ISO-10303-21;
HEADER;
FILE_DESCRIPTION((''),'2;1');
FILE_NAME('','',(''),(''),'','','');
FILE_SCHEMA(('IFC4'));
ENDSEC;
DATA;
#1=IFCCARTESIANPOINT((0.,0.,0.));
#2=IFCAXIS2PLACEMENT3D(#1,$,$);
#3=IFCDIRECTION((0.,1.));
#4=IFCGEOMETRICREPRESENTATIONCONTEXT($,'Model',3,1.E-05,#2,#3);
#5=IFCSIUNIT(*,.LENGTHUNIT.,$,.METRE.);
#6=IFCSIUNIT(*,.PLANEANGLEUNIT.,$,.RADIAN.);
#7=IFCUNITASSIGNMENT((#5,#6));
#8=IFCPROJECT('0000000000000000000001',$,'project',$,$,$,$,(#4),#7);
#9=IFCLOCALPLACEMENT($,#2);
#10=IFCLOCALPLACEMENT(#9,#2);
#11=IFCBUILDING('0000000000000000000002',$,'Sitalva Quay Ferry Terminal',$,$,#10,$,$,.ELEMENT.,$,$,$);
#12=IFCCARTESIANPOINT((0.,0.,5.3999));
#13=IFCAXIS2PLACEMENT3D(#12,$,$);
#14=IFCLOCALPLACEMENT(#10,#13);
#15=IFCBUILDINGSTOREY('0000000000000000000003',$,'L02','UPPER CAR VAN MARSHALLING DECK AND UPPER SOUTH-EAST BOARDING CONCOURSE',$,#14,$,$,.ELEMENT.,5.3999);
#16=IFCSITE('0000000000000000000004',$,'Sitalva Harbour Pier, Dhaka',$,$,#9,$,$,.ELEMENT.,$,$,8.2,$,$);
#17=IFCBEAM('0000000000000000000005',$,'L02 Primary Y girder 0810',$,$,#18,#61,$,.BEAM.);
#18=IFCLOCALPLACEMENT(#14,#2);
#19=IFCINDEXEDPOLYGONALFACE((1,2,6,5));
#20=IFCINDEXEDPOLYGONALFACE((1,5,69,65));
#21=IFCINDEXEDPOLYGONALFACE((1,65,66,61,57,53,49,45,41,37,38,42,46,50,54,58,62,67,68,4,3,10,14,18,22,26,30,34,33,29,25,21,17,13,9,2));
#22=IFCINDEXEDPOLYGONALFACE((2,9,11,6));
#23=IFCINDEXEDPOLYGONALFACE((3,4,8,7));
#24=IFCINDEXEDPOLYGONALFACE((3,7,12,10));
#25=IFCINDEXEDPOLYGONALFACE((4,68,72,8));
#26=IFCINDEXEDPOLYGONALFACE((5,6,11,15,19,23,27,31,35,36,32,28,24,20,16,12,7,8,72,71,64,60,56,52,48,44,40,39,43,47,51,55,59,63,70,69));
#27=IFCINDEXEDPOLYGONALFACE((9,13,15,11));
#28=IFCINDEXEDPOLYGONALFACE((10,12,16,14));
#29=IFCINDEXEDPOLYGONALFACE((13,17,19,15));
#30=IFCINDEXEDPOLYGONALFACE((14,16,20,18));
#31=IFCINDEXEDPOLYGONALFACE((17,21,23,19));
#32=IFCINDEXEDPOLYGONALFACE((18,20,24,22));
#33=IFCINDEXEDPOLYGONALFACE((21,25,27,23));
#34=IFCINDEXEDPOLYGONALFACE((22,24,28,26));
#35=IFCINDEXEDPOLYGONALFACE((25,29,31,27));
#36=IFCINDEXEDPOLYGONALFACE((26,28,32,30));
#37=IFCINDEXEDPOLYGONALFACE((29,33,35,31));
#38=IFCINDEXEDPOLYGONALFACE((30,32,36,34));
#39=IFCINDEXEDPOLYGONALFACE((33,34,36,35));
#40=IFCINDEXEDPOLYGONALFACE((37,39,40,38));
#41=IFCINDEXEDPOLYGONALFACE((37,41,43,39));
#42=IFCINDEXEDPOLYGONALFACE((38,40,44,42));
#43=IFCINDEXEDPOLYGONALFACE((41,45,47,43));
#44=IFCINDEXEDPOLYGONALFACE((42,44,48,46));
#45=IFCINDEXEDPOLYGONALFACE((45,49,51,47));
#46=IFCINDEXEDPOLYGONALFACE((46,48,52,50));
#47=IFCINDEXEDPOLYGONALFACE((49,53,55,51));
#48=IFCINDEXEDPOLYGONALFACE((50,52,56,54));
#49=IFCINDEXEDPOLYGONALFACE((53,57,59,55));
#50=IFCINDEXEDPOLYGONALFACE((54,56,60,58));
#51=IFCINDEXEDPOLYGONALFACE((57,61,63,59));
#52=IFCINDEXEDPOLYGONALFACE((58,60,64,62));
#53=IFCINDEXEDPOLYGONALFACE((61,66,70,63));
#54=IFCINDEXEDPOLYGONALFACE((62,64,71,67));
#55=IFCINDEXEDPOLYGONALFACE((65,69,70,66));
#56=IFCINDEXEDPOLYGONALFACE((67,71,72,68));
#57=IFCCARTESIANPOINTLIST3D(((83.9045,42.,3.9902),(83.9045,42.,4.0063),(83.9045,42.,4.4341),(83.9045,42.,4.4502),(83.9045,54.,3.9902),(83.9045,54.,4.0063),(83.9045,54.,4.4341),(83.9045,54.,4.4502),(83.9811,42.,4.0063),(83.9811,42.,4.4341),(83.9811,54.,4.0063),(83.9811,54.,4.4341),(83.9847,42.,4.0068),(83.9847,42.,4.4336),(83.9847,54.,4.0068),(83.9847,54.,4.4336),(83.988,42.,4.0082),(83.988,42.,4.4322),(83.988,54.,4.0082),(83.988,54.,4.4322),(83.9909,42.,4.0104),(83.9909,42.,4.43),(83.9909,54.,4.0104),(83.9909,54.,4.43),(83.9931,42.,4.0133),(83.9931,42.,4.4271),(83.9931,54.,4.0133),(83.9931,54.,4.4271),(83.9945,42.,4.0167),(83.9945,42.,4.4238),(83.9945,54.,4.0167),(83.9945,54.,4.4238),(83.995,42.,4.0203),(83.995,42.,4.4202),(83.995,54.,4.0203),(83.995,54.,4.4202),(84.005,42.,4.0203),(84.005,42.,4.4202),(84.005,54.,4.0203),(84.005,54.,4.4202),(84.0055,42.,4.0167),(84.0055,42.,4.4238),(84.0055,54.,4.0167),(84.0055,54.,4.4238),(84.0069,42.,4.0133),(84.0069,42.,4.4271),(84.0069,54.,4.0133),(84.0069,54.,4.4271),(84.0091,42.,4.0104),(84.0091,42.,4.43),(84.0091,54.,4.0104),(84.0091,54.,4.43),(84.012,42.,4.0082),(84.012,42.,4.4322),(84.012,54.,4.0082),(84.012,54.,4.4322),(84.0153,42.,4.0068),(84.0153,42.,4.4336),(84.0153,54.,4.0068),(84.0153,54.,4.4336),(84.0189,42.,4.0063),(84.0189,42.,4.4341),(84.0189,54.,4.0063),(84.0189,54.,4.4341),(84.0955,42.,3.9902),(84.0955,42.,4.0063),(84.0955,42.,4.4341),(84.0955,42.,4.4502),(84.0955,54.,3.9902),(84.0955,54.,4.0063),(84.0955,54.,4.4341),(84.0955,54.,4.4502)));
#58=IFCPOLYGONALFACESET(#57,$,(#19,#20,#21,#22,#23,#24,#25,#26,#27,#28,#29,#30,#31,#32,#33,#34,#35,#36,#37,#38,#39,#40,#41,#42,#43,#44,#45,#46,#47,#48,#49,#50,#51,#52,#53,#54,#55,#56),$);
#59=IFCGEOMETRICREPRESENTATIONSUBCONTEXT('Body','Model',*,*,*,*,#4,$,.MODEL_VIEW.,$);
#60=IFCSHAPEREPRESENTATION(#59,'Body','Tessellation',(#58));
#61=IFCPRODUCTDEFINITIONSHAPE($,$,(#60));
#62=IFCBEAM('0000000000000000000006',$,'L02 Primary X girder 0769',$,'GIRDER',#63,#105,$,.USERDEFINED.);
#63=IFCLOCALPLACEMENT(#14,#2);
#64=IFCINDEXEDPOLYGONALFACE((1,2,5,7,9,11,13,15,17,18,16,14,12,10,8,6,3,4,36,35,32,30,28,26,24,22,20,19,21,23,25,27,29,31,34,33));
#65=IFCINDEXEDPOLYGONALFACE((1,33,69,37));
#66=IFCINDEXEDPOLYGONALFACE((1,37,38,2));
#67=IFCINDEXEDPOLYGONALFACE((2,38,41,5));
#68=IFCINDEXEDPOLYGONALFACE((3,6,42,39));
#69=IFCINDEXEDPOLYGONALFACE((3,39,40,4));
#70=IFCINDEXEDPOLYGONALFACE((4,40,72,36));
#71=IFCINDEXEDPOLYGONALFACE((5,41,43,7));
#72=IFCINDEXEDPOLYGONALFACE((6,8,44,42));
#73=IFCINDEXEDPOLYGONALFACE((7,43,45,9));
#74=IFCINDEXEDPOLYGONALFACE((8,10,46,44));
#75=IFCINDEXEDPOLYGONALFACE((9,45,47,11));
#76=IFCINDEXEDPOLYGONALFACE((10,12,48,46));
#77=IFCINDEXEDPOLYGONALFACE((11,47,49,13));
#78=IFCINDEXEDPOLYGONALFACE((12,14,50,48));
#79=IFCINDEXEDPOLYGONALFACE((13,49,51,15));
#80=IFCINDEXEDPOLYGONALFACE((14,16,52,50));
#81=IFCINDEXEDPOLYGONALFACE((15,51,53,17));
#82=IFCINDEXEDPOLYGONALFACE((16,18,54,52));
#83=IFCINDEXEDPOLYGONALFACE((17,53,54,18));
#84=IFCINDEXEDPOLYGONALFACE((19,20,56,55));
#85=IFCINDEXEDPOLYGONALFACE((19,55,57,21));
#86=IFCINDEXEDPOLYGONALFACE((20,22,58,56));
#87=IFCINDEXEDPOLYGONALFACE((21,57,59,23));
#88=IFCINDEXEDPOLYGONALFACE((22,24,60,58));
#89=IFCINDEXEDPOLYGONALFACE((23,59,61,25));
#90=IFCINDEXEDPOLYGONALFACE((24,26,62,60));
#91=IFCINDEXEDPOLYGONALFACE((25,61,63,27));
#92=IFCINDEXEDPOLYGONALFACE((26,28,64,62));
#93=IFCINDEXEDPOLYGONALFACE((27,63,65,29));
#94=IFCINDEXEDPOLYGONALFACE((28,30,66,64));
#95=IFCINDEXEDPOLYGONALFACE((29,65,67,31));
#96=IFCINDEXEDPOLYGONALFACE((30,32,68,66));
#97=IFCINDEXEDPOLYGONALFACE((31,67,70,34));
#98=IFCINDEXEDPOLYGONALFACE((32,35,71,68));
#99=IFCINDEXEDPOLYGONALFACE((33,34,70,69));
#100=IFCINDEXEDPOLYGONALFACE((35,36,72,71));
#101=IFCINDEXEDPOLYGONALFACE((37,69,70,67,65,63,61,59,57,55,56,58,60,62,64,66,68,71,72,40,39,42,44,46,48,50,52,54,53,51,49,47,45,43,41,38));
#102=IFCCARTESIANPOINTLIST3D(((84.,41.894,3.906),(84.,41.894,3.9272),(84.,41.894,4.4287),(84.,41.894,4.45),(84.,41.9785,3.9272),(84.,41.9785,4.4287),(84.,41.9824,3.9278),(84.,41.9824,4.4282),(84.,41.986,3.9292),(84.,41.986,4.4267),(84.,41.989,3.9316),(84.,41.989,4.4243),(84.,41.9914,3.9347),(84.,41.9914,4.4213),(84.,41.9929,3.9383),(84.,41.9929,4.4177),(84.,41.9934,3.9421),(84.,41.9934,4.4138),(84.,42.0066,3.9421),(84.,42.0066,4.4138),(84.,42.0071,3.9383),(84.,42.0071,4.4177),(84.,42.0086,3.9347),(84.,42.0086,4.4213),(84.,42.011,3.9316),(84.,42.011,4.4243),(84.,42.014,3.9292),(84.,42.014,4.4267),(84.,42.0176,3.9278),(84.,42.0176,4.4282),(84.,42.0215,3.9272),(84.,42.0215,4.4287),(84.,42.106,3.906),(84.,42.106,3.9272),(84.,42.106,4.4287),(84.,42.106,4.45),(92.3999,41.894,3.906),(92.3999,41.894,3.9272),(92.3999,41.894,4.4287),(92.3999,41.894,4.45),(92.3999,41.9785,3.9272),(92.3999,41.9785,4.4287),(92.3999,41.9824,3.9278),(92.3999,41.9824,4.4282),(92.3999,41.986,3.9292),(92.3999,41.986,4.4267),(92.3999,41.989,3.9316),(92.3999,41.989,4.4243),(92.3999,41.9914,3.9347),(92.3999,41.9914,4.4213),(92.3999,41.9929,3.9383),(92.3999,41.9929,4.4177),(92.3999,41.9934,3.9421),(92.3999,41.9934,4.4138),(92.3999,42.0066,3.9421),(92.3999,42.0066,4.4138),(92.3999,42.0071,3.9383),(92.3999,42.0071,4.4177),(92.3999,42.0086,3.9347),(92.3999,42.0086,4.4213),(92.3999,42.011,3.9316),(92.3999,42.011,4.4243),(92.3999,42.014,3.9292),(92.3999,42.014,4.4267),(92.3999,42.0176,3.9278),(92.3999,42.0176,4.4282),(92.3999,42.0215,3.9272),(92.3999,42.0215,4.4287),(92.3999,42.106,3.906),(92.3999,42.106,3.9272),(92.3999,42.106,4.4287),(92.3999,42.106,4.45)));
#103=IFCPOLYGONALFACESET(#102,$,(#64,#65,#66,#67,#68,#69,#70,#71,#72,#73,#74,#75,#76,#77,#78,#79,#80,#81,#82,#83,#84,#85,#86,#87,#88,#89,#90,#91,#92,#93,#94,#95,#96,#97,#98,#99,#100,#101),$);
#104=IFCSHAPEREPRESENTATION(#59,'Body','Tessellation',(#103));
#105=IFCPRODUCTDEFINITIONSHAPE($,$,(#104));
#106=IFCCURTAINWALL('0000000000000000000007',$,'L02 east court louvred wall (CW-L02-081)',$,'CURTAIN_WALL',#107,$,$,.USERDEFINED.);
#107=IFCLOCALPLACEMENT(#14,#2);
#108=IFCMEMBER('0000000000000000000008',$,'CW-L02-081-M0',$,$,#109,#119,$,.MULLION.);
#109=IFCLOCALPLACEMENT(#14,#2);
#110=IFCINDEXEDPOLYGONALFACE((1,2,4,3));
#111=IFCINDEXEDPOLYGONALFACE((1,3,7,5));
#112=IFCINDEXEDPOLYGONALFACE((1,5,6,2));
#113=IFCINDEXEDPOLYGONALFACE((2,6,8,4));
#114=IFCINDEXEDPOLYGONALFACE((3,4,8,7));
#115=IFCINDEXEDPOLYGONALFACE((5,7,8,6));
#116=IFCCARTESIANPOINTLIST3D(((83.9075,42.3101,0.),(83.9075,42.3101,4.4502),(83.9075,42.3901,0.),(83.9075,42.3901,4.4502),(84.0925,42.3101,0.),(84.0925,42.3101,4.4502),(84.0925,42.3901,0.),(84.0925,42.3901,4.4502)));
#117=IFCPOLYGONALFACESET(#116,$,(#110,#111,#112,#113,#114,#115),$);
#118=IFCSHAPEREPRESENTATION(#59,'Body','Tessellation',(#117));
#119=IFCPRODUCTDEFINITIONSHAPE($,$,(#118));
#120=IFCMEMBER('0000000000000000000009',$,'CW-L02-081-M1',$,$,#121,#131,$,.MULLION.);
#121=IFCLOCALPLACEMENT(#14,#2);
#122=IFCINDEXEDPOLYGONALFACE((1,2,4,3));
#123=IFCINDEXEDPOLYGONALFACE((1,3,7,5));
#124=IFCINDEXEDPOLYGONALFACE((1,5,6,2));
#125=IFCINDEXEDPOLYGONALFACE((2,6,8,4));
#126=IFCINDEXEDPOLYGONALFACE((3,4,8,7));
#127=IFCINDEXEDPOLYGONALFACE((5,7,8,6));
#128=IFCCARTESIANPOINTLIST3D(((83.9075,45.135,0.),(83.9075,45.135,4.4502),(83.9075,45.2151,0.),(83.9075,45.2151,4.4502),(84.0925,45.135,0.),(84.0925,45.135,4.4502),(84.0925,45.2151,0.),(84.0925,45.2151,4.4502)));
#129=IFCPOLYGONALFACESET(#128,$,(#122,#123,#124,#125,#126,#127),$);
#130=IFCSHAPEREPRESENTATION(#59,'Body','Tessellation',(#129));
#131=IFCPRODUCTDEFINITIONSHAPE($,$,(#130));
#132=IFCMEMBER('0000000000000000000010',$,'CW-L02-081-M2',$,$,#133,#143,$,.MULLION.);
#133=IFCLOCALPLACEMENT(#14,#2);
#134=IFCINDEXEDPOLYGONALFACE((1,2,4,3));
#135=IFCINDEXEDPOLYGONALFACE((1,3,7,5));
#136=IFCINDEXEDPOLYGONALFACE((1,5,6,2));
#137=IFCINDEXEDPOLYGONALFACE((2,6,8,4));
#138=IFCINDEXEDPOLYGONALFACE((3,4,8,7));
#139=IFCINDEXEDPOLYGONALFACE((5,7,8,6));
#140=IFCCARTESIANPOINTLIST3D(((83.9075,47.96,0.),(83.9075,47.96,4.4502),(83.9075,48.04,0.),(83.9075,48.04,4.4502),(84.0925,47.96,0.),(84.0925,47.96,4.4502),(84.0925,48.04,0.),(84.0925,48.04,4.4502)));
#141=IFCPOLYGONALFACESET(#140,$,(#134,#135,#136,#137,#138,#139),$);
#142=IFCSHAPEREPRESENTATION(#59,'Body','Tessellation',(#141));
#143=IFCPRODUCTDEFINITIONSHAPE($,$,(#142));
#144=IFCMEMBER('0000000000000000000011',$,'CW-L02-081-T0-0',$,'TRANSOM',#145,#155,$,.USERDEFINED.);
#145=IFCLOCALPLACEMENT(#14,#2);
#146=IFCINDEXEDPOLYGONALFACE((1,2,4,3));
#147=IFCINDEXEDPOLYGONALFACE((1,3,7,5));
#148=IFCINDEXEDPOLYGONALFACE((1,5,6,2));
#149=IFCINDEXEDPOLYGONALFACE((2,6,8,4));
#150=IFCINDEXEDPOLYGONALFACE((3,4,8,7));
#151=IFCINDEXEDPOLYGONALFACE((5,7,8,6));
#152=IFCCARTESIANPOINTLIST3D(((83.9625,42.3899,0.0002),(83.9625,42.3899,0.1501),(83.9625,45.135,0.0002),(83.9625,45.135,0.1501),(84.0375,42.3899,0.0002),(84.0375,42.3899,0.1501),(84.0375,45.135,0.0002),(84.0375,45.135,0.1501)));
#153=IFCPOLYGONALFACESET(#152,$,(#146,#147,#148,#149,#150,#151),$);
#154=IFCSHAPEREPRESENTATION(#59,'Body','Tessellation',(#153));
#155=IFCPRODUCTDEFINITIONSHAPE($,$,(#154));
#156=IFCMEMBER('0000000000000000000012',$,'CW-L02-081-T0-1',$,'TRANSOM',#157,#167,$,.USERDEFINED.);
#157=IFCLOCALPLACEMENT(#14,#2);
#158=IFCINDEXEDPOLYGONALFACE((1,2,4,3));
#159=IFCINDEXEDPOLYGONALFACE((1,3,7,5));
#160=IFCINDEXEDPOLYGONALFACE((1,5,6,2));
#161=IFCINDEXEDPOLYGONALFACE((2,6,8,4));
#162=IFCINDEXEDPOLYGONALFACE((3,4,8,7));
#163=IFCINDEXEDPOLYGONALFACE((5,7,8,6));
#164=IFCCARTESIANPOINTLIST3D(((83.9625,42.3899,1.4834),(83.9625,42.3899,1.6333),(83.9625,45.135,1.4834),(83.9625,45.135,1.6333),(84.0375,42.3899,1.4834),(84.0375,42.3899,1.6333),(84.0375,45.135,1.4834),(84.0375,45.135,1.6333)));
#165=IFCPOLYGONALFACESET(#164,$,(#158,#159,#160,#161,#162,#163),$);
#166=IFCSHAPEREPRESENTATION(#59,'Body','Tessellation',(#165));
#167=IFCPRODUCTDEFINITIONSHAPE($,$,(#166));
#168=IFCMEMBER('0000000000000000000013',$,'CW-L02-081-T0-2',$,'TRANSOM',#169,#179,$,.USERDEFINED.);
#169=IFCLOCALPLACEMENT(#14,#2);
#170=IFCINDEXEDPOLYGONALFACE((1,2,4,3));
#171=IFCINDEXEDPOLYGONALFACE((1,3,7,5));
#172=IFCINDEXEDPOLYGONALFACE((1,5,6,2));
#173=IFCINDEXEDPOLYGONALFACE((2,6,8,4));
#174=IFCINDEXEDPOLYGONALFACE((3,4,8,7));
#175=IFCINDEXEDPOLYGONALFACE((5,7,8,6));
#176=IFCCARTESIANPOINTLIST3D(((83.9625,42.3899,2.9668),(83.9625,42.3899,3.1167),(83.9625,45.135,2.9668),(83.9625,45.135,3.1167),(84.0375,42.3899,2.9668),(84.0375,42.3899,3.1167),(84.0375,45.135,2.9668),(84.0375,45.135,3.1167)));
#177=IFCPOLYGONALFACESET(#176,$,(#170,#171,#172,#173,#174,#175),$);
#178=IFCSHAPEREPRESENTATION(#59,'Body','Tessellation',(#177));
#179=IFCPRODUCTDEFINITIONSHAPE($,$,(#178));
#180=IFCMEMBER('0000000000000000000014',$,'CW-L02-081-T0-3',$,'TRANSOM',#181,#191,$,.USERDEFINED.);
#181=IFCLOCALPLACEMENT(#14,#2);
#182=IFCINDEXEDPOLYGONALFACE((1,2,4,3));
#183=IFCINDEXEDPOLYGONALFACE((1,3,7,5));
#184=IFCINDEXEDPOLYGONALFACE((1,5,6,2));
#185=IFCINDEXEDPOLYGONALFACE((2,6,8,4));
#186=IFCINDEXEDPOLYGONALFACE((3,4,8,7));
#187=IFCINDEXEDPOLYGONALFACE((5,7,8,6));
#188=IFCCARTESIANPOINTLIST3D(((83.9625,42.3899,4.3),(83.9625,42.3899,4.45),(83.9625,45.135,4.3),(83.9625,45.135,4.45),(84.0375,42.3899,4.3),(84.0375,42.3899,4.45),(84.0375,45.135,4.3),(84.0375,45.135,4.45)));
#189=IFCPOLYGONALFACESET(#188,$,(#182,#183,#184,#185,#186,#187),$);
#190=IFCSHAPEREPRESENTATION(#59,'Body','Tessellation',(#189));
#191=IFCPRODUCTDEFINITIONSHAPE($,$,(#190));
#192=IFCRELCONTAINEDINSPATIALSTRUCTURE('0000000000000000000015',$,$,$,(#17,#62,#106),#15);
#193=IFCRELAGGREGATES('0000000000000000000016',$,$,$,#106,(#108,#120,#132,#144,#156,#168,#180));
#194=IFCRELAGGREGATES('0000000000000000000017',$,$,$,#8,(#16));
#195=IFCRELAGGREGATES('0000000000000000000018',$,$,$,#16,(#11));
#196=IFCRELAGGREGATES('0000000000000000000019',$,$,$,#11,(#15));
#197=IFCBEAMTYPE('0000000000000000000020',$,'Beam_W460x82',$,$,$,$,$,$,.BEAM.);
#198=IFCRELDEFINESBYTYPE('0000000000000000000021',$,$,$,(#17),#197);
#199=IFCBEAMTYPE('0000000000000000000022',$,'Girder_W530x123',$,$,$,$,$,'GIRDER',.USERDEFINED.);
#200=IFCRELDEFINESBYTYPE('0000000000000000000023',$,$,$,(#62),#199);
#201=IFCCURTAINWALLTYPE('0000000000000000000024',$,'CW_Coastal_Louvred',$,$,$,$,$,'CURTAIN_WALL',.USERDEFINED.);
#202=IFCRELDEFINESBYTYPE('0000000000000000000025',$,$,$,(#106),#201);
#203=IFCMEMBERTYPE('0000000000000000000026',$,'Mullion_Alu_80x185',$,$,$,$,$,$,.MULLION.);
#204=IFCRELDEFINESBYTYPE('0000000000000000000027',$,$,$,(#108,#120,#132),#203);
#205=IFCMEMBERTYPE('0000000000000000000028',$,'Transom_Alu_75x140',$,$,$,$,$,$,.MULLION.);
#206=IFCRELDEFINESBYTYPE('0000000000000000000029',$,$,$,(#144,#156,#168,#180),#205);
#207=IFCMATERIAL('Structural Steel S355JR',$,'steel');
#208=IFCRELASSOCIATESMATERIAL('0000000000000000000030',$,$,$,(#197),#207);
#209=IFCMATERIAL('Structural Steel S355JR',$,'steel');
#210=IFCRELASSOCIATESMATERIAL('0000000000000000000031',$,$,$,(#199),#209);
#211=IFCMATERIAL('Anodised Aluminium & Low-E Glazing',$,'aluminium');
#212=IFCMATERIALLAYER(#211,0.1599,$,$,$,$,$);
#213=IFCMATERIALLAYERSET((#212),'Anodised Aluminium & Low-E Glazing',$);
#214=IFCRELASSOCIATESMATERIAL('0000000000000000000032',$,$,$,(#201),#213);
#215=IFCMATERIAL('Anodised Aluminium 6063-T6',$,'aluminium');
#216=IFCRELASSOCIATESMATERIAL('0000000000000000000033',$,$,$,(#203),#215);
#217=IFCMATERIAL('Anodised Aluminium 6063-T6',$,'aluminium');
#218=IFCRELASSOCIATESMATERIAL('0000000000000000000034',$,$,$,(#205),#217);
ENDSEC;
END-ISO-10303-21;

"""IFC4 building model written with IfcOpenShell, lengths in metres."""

from ifc_helpers import new_model, si_unit, direction, frame, origin, origin_2d, place, context, subcontext, project, spatial, rectangle, i_section, extrude, material, layer, layer_set, material_profile, profile_set, type_object, element, aggregate, save


model = new_model("IFC4")

# Units and contexts
model_context = context("Model", 3, precision=1e-05, world=origin(), true_north=direction((0.0, 1.0)))
body_context = subcontext(model_context, "Body", "Model", "MODEL_VIEW")
ifc_project = project(units=[si_unit("LENGTHUNIT", "METRE"), si_unit("PLANEANGLEUNIT", "RADIAN")], contexts=[model_context])

# Site, building, storey
site_placement = place(None, origin())
site = spatial("IfcSite", under=ifc_project, at=site_placement, Name="Sitalva Harbour Pier, Dhaka", CompositionType="ELEMENT", RefElevation=8.2)
building_placement = place(site_placement, origin())
building = spatial("IfcBuilding", under=site, at=building_placement, Name="Sitalva Quay Ferry Terminal", CompositionType="ELEMENT")
storey_placement = place(building_placement, frame((0.0, 0.0, 5.3999)))
storey = spatial("IfcBuildingStorey", under=building, at=storey_placement, Name="L02", Description="UPPER CAR VAN MARSHALLING DECK AND UPPER SOUTH-EAST BOARDING CONCOURSE", CompositionType="ELEMENT", Elevation=5.3999)

# Beams
ifc_material_1 = material(Name="Structural Steel S355JR", Category="steel")
ifc_material_profile_1 = material_profile(ifc_material_1, i_section(OverallWidth=0.1909, OverallDepth=0.46, WebThickness=0.01, FlangeThickness=0.0161, FilletRadius=0.0139, at=origin_2d()), Name="W460x82")
ifc_profile_set_1 = profile_set([ifc_material_profile_1], Name="Structural Steel S355JR")
beam_type_1 = type_object("IfcBeamType", Name="Beam_W460x82", PredefinedType="BEAM", material=ifc_profile_set_1)
beam_1_placement = place(storey_placement, frame((84.0, 42.0, 4.2202), z_axis=(0.0, 1.0, 0.0), x_axis=(-1.0, 0.0, 0.0)))
element("IfcBeam", 1, at=beam_1_placement, inside=storey, type_object=beam_type_1, Name="L02 Primary Y girder 0810", PredefinedType="BEAM", context=body_context, shape_type="SweptSolid", body=[
    extrude(i_section(OverallWidth=0.1909, OverallDepth=0.46, WebThickness=0.01, FlangeThickness=0.0161, FilletRadius=0.0139, at=origin_2d()), origin(), (0.0, 0.0, 1.0), 12.0),
])
ifc_material_2 = material(Name="Structural Steel S355JR", Category="steel")
ifc_material_profile_2 = material_profile(ifc_material_2, i_section(OverallWidth=0.2119, OverallDepth=0.5439, WebThickness=0.0132, FlangeThickness=0.0212, FilletRadius=0.0149, at=origin_2d()), Name="W530x123")
ifc_profile_set_2 = profile_set([ifc_material_profile_2], Name="Structural Steel S355JR")
beam_type_2 = type_object("IfcBeamType", Name="Girder_W530x123", ElementType="GIRDER", PredefinedType="USERDEFINED", material=ifc_profile_set_2)
beam_2_placement = place(storey_placement, frame((84.0, 42.0, 4.178), z_axis=(1.0, 0.0, 0.0), x_axis=(0.0, 1.0, 0.0)))
element("IfcBeam", 2, at=beam_2_placement, inside=storey, type_object=beam_type_2, Name="L02 Primary X girder 0769", ObjectType="GIRDER", PredefinedType="USERDEFINED", context=body_context, shape_type="SweptSolid", body=[
    extrude(i_section(OverallWidth=0.2119, OverallDepth=0.5439, WebThickness=0.0132, FlangeThickness=0.0212, FilletRadius=0.0149, at=origin_2d()), origin(), (0.0, 0.0, 1.0), 8.3999),
])

# Curtain wall, members
ifc_material_3 = material(Name="Anodised Aluminium & Low-E Glazing", Category="aluminium")
ifc_layer_1 = layer(ifc_material_3, 0.1599)
ifc_layer_set_1 = layer_set([ifc_layer_1], Name="Anodised Aluminium & Low-E Glazing")
curtain_wall_type = type_object("IfcCurtainWallType", Name="CW_Coastal_Louvred", ElementType="CURTAIN_WALL", PredefinedType="USERDEFINED", material=ifc_layer_set_1)
curtain_wall_placement = place(storey_placement, origin())
curtain_wall = element("IfcCurtainWall", 3, at=curtain_wall_placement, inside=storey, type_object=curtain_wall_type, Name="L02 east court louvred wall (CW-L02-081)", ObjectType="CURTAIN_WALL", PredefinedType="USERDEFINED")
ifc_material_4 = material(Name="Anodised Aluminium 6063-T6", Category="aluminium")
ifc_material_profile_3 = material_profile(ifc_material_4, rectangle(XDim=0.0801, YDim=0.1851, at=origin_2d()), Name="ALU80x185")
ifc_profile_set_3 = profile_set([ifc_material_profile_3], Name="Anodised Aluminium 6063-T6")
member_type_1 = type_object("IfcMemberType", Name="Mullion_Alu_80x185", PredefinedType="MULLION", material=ifc_profile_set_3)
member_1_placement = place(storey_placement, frame((84.0, 42.3501, 0.0), z_axis=(0.0, 0.0, 1.0), x_axis=(0.0, 1.0, 0.0)))
member_1 = element("IfcMember", 4, at=member_1_placement, type_object=member_type_1, Name="CW-L02-081-M0", PredefinedType="MULLION", context=body_context, shape_type="SweptSolid", body=[
    extrude(rectangle(XDim=0.0801, YDim=0.1851, at=origin_2d()), origin(), (0.0, 0.0, 1.0), 4.4502),
])
member_2_placement = place(storey_placement, frame((84.0, 45.175, 0.0), z_axis=(0.0, 0.0, 1.0), x_axis=(0.0, 1.0, 0.0)))
member_2 = element("IfcMember", 5, at=member_2_placement, type_object=member_type_1, Name="CW-L02-081-M1", PredefinedType="MULLION", context=body_context, shape_type="SweptSolid", body=[
    extrude(rectangle(XDim=0.0801, YDim=0.1851, at=origin_2d()), origin(), (0.0, 0.0, 1.0), 4.4502),
])
member_3_placement = place(storey_placement, frame((84.0, 48.0, 0.0), z_axis=(0.0, 0.0, 1.0), x_axis=(0.0, 1.0, 0.0)))
member_3 = element("IfcMember", 6, at=member_3_placement, type_object=member_type_1, Name="CW-L02-081-M2", PredefinedType="MULLION", context=body_context, shape_type="SweptSolid", body=[
    extrude(rectangle(XDim=0.0801, YDim=0.1851, at=origin_2d()), origin(), (0.0, 0.0, 1.0), 4.4502),
])
ifc_material_5 = material(Name="Anodised Aluminium 6063-T6", Category="aluminium")
ifc_material_profile_4 = material_profile(ifc_material_5, rectangle(XDim=0.075, YDim=0.1499, at=origin_2d()), Name="ALU75x150")
ifc_profile_set_4 = profile_set([ifc_material_profile_4], Name="Anodised Aluminium 6063-T6")
member_type_2 = type_object("IfcMemberType", Name="Transom_Alu_75x140", PredefinedType="MULLION", material=ifc_profile_set_4)
member_4_placement = place(storey_placement, frame((84.0, 42.3899, 0.0752), z_axis=(0.0, 1.0, 0.0), x_axis=(-1.0, 0.0, 0.0)))
member_4 = element("IfcMember", 7, at=member_4_placement, type_object=member_type_2, Name="CW-L02-081-T0-0", ObjectType="TRANSOM", PredefinedType="USERDEFINED", context=body_context, shape_type="SweptSolid", body=[
    extrude(rectangle(XDim=0.075, YDim=0.1499, at=origin_2d()), origin(), (0.0, 0.0, 1.0), 2.7451),
])
member_5_placement = place(storey_placement, frame((84.0, 42.3899, 1.5583), z_axis=(0.0, 1.0, 0.0), x_axis=(-1.0, 0.0, 0.0)))
member_5 = element("IfcMember", 8, at=member_5_placement, type_object=member_type_2, Name="CW-L02-081-T0-1", ObjectType="TRANSOM", PredefinedType="USERDEFINED", context=body_context, shape_type="SweptSolid", body=[
    extrude(rectangle(XDim=0.075, YDim=0.1499, at=origin_2d()), origin(), (0.0, 0.0, 1.0), 2.7451),
])
member_6_placement = place(storey_placement, frame((84.0, 42.3899, 3.0417), z_axis=(0.0, 1.0, 0.0), x_axis=(-1.0, 0.0, 0.0)))
member_6 = element("IfcMember", 9, at=member_6_placement, type_object=member_type_2, Name="CW-L02-081-T0-2", ObjectType="TRANSOM", PredefinedType="USERDEFINED", context=body_context, shape_type="SweptSolid", body=[
    extrude(rectangle(XDim=0.075, YDim=0.1499, at=origin_2d()), origin(), (0.0, 0.0, 1.0), 2.7451),
])
member_7_placement = place(storey_placement, frame((84.0, 42.3899, 4.375), z_axis=(0.0, 1.0, 0.0), x_axis=(-1.0, 0.0, 0.0)))
member_7 = element("IfcMember", 10, at=member_7_placement, type_object=member_type_2, Name="CW-L02-081-T0-3", ObjectType="TRANSOM", PredefinedType="USERDEFINED", context=body_context, shape_type="SweptSolid", body=[
    extrude(rectangle(XDim=0.075, YDim=0.1499, at=origin_2d()), origin(), (0.0, 0.0, 1.0), 2.7451),
])
aggregate(curtain_wall, [member_1, member_2, member_3, member_4, member_5, member_6, member_7])

save(model, "model.ifc")
